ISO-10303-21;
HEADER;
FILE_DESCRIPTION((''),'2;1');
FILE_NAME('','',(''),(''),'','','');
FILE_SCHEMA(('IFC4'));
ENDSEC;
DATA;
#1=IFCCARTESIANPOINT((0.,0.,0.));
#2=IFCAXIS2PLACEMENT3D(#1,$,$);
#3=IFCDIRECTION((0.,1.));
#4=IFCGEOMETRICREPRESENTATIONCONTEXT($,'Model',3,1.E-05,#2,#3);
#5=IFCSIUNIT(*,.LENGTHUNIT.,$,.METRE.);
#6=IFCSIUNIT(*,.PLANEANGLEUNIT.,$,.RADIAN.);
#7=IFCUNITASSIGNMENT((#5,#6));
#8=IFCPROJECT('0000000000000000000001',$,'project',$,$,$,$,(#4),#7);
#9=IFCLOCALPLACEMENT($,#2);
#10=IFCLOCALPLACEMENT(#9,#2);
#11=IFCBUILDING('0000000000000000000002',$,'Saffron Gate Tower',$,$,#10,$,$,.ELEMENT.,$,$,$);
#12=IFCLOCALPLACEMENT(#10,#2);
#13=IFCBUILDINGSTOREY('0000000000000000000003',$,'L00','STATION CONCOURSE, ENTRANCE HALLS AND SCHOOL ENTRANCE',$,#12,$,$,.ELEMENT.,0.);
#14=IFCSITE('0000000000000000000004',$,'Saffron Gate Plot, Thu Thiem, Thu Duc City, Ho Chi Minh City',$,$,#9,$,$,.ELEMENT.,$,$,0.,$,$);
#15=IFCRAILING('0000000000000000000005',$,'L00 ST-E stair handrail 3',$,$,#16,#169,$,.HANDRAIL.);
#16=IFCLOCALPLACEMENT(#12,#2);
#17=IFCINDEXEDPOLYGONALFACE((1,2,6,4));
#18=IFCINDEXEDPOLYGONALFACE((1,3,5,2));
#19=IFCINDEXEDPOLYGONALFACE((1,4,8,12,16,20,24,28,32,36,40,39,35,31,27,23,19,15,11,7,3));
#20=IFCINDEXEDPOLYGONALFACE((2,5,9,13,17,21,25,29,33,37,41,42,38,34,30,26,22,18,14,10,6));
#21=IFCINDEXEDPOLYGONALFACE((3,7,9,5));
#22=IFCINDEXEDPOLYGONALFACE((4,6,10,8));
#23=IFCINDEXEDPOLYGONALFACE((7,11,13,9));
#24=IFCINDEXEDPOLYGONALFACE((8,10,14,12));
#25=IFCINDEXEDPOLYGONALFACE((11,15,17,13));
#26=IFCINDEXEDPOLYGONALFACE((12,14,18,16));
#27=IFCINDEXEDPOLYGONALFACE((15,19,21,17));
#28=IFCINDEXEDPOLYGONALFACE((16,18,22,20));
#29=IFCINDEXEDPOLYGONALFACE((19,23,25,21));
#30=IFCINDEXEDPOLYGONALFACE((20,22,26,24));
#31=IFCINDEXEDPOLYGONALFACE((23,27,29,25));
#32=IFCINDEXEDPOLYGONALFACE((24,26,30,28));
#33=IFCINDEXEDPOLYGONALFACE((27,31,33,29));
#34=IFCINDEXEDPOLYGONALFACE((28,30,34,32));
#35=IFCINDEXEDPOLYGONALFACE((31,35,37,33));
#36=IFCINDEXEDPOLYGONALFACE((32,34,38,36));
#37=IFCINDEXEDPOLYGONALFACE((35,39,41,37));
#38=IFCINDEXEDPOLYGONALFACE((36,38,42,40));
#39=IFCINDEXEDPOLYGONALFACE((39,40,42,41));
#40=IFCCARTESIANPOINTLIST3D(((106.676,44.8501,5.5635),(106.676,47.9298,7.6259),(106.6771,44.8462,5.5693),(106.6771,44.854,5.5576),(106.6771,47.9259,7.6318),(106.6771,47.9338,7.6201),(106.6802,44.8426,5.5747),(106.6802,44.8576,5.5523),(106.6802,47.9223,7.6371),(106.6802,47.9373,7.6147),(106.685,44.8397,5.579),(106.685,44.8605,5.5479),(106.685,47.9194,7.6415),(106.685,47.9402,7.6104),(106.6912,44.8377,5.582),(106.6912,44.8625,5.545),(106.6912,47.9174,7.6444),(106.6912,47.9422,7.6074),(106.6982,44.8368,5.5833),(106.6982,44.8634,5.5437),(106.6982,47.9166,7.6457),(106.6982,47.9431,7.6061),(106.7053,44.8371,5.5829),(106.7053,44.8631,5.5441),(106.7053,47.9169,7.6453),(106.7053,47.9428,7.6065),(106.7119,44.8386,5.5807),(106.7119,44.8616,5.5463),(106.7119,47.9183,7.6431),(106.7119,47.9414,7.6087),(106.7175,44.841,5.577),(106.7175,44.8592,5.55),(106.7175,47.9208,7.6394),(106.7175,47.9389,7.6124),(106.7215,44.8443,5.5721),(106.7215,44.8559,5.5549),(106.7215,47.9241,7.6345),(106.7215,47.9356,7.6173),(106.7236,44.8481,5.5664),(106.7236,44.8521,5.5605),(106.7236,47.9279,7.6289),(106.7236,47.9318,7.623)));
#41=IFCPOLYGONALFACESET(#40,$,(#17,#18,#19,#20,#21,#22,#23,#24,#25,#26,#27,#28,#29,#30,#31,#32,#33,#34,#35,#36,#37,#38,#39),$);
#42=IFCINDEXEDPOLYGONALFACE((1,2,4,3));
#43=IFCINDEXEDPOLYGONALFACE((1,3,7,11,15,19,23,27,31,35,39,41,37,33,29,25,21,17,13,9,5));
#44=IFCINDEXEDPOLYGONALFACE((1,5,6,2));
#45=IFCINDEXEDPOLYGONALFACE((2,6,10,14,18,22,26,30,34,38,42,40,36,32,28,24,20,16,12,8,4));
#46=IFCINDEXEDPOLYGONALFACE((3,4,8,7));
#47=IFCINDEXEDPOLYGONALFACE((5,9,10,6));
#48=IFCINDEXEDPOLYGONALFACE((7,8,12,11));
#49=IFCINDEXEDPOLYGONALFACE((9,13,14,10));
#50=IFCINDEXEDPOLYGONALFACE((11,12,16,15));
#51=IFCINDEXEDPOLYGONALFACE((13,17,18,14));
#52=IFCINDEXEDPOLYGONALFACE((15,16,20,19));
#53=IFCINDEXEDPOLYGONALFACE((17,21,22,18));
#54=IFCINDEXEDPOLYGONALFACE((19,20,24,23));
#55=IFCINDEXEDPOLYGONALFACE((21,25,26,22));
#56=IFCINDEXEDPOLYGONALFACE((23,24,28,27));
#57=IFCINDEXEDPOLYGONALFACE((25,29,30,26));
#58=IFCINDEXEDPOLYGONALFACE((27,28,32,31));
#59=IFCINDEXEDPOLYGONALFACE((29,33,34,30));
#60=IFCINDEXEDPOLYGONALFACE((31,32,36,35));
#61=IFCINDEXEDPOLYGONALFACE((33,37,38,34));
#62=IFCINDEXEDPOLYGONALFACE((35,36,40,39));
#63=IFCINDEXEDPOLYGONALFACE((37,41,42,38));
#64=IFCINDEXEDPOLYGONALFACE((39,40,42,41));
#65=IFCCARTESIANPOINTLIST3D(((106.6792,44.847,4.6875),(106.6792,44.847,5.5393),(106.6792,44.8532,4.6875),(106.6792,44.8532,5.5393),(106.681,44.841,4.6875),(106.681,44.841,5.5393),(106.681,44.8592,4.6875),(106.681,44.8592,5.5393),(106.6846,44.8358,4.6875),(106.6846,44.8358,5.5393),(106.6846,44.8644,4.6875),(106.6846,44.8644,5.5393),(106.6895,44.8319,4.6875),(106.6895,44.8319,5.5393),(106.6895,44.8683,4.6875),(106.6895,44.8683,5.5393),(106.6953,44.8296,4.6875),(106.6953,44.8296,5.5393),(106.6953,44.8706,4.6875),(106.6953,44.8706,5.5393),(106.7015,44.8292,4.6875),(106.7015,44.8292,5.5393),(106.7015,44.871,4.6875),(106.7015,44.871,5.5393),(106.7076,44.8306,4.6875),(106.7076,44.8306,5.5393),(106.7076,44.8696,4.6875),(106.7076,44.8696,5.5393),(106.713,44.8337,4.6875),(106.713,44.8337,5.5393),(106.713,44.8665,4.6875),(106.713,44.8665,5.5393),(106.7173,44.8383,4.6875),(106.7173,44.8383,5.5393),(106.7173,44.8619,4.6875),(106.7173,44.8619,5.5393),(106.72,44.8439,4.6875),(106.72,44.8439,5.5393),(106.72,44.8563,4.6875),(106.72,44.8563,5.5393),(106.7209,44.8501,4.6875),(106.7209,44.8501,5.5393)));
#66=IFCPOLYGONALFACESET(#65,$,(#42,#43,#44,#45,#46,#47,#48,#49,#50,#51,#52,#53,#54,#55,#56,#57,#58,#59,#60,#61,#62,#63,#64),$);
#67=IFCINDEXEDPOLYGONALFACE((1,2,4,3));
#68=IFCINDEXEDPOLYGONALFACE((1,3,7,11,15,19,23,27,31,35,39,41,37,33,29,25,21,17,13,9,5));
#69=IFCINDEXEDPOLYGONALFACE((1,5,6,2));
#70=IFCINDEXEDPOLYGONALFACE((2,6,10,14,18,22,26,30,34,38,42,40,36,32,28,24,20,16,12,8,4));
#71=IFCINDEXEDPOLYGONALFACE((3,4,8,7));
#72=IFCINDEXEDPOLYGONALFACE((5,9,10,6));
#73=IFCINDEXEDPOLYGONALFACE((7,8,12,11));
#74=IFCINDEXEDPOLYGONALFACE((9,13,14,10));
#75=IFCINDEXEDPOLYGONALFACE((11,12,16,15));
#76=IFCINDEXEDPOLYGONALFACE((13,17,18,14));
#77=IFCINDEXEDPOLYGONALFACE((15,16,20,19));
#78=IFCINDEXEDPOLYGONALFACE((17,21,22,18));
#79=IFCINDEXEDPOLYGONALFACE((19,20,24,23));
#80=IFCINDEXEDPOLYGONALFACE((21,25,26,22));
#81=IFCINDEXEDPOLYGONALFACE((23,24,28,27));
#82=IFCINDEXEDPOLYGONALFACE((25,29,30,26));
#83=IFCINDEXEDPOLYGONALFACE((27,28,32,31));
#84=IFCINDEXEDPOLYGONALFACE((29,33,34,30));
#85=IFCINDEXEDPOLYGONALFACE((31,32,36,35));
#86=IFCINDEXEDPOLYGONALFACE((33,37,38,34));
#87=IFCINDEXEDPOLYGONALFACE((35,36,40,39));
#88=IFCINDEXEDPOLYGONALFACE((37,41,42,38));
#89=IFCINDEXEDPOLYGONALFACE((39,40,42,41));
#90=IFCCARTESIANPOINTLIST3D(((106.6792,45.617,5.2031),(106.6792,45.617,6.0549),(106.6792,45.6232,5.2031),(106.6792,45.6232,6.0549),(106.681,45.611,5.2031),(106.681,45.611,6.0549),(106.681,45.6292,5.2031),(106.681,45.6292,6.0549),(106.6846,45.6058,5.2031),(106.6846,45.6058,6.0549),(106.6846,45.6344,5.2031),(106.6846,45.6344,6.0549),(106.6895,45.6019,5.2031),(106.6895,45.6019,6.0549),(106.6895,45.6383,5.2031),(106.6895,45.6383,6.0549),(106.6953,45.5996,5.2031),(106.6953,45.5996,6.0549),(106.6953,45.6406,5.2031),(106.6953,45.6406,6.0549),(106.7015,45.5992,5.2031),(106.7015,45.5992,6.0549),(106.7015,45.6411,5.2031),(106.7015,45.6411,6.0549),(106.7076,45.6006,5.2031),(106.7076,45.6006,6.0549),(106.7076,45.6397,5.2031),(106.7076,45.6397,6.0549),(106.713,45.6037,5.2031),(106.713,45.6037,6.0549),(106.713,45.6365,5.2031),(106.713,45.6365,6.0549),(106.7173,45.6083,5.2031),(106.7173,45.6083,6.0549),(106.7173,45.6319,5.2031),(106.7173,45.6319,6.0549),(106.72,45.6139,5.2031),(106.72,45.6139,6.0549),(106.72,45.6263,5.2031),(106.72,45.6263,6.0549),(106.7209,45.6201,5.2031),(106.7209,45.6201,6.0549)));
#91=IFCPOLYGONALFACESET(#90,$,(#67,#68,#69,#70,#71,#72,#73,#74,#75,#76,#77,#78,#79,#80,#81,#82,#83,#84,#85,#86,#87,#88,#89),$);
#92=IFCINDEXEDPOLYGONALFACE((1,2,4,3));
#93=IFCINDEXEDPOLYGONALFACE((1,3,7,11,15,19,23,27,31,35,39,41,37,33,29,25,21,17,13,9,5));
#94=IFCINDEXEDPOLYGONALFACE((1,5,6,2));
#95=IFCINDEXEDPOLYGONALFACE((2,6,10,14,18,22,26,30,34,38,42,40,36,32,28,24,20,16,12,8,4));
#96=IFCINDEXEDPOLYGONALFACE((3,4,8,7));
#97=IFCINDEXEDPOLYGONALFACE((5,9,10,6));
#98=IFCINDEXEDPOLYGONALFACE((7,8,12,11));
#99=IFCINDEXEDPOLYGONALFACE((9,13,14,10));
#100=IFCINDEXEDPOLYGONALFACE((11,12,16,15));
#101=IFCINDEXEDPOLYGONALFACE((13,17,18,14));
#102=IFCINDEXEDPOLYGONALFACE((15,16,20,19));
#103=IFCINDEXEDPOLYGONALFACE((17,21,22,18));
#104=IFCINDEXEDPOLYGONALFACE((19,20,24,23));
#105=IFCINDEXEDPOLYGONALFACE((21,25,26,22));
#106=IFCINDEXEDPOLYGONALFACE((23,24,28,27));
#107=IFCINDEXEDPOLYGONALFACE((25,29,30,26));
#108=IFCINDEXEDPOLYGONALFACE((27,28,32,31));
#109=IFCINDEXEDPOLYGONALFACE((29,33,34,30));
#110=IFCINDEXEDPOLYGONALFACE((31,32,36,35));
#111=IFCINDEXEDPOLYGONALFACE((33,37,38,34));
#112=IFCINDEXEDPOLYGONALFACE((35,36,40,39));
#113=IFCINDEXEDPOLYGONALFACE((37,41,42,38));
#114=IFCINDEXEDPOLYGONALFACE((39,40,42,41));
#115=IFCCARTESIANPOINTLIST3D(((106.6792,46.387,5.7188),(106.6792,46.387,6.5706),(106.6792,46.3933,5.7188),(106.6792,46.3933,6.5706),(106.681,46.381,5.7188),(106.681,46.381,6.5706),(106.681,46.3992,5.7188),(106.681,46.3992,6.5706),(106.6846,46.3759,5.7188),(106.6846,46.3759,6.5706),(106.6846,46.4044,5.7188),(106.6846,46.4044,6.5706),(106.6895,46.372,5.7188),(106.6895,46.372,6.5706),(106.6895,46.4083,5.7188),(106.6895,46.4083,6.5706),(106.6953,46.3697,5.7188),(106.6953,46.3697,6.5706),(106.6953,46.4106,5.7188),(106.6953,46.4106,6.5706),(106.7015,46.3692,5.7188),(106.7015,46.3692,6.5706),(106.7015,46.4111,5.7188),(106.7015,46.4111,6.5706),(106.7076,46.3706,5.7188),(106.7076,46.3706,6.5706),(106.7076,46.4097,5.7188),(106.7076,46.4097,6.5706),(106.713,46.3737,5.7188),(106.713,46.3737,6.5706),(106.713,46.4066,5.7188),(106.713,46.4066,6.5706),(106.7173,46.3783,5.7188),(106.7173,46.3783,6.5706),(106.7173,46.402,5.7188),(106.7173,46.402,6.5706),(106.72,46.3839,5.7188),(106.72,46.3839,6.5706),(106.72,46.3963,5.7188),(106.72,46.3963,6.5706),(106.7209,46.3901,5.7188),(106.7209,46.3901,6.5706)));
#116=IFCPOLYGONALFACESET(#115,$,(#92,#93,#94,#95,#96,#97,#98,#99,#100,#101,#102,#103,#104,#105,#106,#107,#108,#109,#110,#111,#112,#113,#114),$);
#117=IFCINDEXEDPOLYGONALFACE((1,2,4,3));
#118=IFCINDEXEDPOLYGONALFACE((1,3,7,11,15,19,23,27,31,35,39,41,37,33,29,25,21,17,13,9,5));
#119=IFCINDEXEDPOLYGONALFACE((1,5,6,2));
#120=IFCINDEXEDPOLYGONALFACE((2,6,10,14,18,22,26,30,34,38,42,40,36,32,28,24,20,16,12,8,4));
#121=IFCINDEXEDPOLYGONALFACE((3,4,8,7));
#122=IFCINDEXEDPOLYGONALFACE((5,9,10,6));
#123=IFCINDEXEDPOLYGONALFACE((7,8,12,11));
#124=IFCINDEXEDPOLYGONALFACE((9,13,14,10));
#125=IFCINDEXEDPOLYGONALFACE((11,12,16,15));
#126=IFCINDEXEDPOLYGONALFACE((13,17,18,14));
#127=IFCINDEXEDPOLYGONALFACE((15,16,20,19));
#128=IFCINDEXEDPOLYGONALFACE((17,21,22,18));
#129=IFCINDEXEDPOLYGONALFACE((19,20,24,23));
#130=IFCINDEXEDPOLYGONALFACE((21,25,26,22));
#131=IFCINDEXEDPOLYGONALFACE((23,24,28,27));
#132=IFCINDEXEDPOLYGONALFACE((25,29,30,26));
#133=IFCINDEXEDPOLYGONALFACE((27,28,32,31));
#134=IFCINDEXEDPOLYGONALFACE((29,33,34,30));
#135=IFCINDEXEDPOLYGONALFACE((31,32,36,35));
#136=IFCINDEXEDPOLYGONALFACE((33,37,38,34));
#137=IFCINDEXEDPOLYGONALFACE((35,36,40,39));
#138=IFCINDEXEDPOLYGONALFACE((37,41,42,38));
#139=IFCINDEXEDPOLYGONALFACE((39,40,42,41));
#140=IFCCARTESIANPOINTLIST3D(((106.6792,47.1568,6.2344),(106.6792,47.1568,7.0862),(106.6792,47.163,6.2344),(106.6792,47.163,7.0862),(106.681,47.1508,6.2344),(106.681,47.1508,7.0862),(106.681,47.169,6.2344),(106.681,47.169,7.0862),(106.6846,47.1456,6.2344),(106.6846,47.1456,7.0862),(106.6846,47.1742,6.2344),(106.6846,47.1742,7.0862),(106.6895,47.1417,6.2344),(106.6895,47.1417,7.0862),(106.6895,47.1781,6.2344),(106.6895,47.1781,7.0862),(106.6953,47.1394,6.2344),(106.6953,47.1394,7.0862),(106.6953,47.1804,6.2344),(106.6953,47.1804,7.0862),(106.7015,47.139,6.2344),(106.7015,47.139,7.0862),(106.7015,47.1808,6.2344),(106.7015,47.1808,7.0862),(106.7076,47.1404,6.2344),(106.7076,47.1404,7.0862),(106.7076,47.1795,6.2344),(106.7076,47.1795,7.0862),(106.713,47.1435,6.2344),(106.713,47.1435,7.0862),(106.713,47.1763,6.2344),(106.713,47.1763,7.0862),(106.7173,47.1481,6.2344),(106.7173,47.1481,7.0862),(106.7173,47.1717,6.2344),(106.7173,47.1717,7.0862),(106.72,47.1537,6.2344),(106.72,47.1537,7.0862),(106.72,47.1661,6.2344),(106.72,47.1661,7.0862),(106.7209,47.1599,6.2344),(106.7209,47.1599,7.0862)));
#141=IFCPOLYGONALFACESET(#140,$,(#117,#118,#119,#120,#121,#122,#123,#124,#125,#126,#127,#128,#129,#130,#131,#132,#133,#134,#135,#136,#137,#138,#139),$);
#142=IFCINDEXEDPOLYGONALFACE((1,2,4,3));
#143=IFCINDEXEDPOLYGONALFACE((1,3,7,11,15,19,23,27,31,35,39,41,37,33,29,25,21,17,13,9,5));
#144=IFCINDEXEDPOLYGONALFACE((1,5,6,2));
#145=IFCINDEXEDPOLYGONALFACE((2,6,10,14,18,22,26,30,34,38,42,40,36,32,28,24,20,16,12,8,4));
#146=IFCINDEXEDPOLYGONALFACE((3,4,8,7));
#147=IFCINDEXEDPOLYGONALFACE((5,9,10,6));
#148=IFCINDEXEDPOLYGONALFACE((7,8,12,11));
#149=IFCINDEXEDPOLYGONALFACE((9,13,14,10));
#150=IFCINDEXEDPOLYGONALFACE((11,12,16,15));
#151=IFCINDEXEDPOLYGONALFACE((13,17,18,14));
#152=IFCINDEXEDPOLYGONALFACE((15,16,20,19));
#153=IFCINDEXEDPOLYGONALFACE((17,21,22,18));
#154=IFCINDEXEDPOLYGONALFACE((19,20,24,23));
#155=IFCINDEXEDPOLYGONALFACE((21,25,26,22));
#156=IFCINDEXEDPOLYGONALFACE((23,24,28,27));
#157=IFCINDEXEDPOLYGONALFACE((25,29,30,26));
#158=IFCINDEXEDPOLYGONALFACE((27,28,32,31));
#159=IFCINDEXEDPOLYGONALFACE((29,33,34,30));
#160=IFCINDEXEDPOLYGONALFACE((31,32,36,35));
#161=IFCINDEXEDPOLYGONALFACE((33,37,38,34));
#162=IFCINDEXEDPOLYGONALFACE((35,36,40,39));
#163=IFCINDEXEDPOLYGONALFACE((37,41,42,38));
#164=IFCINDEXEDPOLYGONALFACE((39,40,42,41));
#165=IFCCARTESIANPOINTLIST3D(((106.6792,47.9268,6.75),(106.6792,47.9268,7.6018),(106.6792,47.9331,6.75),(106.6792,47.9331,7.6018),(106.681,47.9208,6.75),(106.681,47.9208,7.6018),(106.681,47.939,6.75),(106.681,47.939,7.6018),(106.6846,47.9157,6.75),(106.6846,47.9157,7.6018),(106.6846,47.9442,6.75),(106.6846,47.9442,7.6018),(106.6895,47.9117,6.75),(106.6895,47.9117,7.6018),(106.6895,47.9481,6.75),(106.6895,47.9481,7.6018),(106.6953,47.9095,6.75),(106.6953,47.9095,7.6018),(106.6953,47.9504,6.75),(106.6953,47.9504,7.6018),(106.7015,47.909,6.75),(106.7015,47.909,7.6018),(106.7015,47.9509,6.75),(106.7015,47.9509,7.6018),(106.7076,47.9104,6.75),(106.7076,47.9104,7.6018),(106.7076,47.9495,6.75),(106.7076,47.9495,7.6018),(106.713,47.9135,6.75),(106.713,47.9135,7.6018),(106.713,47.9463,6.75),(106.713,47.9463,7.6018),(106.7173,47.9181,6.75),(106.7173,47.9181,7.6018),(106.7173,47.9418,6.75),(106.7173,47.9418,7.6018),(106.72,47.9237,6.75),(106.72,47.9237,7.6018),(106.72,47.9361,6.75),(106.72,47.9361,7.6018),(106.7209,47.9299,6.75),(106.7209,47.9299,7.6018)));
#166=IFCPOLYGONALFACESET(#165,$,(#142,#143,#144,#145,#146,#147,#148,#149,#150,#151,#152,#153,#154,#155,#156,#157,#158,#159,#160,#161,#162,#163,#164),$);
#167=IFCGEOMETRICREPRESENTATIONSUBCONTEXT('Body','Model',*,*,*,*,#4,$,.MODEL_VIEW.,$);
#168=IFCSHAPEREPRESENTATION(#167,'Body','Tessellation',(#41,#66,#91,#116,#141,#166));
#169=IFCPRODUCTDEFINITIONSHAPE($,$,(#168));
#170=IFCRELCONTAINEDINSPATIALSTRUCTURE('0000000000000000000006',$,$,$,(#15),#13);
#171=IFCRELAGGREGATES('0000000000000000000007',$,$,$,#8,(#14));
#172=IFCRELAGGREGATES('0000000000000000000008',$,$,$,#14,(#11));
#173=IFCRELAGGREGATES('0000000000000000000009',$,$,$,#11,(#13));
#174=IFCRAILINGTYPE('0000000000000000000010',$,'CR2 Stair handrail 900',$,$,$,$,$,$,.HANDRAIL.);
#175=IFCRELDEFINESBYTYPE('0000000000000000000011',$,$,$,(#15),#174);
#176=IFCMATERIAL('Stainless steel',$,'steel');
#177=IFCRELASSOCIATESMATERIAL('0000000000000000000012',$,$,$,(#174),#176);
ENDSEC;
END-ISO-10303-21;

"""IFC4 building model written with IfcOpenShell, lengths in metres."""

from ifc_helpers import new_model, si_unit, direction, frame, origin, origin_2d, place, context, subcontext, project, spatial, circle, extrude, material, type_object, element, save


model = new_model("IFC4")

# Units and contexts
model_context = context("Model", 3, precision=1e-05, world=origin(), true_north=direction((0.0, 1.0)))
body_context = subcontext(model_context, "Body", "Model", "MODEL_VIEW")
ifc_project = project(units=[si_unit("LENGTHUNIT", "METRE"), si_unit("PLANEANGLEUNIT", "RADIAN")], contexts=[model_context])

# Site, building, storey
site_placement = place(None, origin())
site = spatial("IfcSite", under=ifc_project, at=site_placement, Name="Saffron Gate Plot, Thu Thiem, Thu Duc City, Ho Chi Minh City", CompositionType="ELEMENT", RefElevation=0.0)
building_placement = place(site_placement, origin())
building = spatial("IfcBuilding", under=site, at=building_placement, Name="Saffron Gate Tower", CompositionType="ELEMENT")
storey_placement = place(building_placement, origin())
storey = spatial("IfcBuildingStorey", under=building, at=storey_placement, Name="L00", Description="STATION CONCOURSE, ENTRANCE HALLS AND SCHOOL ENTRANCE", CompositionType="ELEMENT", Elevation=0.0)

# Railing
ifc_material_1 = material(Name="Stainless steel", Category="steel")
railing_type_1 = type_object("IfcRailingType", Name="CR2 Stair handrail 900", PredefinedType="HANDRAIL", material=ifc_material_1)
railing_1_placement = place(storey_placement, frame((106.7, 44.8501, 4.6875)))
element("IfcRailing", 1, at=railing_1_placement, inside=storey, type_object=railing_type_1, Name="L00 ST-E stair handrail 3", PredefinedType="HANDRAIL", context=body_context, shape_type="SweptSolid", body=[
    extrude(circle(Radius=0.0239, at=origin_2d()), frame((0.0, 0.0, 0.876), z_axis=(0.0, 0.830893, 0.556432), x_axis=(-1.0, 0.0, 0.0)), (0.0, 0.0, 1.0), 3.7065),
    extrude(circle(Radius=0.021, at=origin_2d()), origin(), (0.0, 0.0, 1.0), 0.8518),
    extrude(circle(Radius=0.021, at=origin_2d()), frame((0.0, 0.77, 0.5156)), (0.0, 0.0, 1.0), 0.8518),
    extrude(circle(Radius=0.021, at=origin_2d()), frame((0.0, 1.54, 1.0312)), (0.0, 0.0, 1.0), 0.8518),
    extrude(circle(Radius=0.021, at=origin_2d()), frame((0.0, 2.3098, 1.5469)), (0.0, 0.0, 1.0), 0.8518),
    extrude(circle(Radius=0.021, at=origin_2d()), frame((0.0, 3.0798, 2.0625)), (0.0, 0.0, 1.0), 0.8518),
])

save(model, "model.ifc")
